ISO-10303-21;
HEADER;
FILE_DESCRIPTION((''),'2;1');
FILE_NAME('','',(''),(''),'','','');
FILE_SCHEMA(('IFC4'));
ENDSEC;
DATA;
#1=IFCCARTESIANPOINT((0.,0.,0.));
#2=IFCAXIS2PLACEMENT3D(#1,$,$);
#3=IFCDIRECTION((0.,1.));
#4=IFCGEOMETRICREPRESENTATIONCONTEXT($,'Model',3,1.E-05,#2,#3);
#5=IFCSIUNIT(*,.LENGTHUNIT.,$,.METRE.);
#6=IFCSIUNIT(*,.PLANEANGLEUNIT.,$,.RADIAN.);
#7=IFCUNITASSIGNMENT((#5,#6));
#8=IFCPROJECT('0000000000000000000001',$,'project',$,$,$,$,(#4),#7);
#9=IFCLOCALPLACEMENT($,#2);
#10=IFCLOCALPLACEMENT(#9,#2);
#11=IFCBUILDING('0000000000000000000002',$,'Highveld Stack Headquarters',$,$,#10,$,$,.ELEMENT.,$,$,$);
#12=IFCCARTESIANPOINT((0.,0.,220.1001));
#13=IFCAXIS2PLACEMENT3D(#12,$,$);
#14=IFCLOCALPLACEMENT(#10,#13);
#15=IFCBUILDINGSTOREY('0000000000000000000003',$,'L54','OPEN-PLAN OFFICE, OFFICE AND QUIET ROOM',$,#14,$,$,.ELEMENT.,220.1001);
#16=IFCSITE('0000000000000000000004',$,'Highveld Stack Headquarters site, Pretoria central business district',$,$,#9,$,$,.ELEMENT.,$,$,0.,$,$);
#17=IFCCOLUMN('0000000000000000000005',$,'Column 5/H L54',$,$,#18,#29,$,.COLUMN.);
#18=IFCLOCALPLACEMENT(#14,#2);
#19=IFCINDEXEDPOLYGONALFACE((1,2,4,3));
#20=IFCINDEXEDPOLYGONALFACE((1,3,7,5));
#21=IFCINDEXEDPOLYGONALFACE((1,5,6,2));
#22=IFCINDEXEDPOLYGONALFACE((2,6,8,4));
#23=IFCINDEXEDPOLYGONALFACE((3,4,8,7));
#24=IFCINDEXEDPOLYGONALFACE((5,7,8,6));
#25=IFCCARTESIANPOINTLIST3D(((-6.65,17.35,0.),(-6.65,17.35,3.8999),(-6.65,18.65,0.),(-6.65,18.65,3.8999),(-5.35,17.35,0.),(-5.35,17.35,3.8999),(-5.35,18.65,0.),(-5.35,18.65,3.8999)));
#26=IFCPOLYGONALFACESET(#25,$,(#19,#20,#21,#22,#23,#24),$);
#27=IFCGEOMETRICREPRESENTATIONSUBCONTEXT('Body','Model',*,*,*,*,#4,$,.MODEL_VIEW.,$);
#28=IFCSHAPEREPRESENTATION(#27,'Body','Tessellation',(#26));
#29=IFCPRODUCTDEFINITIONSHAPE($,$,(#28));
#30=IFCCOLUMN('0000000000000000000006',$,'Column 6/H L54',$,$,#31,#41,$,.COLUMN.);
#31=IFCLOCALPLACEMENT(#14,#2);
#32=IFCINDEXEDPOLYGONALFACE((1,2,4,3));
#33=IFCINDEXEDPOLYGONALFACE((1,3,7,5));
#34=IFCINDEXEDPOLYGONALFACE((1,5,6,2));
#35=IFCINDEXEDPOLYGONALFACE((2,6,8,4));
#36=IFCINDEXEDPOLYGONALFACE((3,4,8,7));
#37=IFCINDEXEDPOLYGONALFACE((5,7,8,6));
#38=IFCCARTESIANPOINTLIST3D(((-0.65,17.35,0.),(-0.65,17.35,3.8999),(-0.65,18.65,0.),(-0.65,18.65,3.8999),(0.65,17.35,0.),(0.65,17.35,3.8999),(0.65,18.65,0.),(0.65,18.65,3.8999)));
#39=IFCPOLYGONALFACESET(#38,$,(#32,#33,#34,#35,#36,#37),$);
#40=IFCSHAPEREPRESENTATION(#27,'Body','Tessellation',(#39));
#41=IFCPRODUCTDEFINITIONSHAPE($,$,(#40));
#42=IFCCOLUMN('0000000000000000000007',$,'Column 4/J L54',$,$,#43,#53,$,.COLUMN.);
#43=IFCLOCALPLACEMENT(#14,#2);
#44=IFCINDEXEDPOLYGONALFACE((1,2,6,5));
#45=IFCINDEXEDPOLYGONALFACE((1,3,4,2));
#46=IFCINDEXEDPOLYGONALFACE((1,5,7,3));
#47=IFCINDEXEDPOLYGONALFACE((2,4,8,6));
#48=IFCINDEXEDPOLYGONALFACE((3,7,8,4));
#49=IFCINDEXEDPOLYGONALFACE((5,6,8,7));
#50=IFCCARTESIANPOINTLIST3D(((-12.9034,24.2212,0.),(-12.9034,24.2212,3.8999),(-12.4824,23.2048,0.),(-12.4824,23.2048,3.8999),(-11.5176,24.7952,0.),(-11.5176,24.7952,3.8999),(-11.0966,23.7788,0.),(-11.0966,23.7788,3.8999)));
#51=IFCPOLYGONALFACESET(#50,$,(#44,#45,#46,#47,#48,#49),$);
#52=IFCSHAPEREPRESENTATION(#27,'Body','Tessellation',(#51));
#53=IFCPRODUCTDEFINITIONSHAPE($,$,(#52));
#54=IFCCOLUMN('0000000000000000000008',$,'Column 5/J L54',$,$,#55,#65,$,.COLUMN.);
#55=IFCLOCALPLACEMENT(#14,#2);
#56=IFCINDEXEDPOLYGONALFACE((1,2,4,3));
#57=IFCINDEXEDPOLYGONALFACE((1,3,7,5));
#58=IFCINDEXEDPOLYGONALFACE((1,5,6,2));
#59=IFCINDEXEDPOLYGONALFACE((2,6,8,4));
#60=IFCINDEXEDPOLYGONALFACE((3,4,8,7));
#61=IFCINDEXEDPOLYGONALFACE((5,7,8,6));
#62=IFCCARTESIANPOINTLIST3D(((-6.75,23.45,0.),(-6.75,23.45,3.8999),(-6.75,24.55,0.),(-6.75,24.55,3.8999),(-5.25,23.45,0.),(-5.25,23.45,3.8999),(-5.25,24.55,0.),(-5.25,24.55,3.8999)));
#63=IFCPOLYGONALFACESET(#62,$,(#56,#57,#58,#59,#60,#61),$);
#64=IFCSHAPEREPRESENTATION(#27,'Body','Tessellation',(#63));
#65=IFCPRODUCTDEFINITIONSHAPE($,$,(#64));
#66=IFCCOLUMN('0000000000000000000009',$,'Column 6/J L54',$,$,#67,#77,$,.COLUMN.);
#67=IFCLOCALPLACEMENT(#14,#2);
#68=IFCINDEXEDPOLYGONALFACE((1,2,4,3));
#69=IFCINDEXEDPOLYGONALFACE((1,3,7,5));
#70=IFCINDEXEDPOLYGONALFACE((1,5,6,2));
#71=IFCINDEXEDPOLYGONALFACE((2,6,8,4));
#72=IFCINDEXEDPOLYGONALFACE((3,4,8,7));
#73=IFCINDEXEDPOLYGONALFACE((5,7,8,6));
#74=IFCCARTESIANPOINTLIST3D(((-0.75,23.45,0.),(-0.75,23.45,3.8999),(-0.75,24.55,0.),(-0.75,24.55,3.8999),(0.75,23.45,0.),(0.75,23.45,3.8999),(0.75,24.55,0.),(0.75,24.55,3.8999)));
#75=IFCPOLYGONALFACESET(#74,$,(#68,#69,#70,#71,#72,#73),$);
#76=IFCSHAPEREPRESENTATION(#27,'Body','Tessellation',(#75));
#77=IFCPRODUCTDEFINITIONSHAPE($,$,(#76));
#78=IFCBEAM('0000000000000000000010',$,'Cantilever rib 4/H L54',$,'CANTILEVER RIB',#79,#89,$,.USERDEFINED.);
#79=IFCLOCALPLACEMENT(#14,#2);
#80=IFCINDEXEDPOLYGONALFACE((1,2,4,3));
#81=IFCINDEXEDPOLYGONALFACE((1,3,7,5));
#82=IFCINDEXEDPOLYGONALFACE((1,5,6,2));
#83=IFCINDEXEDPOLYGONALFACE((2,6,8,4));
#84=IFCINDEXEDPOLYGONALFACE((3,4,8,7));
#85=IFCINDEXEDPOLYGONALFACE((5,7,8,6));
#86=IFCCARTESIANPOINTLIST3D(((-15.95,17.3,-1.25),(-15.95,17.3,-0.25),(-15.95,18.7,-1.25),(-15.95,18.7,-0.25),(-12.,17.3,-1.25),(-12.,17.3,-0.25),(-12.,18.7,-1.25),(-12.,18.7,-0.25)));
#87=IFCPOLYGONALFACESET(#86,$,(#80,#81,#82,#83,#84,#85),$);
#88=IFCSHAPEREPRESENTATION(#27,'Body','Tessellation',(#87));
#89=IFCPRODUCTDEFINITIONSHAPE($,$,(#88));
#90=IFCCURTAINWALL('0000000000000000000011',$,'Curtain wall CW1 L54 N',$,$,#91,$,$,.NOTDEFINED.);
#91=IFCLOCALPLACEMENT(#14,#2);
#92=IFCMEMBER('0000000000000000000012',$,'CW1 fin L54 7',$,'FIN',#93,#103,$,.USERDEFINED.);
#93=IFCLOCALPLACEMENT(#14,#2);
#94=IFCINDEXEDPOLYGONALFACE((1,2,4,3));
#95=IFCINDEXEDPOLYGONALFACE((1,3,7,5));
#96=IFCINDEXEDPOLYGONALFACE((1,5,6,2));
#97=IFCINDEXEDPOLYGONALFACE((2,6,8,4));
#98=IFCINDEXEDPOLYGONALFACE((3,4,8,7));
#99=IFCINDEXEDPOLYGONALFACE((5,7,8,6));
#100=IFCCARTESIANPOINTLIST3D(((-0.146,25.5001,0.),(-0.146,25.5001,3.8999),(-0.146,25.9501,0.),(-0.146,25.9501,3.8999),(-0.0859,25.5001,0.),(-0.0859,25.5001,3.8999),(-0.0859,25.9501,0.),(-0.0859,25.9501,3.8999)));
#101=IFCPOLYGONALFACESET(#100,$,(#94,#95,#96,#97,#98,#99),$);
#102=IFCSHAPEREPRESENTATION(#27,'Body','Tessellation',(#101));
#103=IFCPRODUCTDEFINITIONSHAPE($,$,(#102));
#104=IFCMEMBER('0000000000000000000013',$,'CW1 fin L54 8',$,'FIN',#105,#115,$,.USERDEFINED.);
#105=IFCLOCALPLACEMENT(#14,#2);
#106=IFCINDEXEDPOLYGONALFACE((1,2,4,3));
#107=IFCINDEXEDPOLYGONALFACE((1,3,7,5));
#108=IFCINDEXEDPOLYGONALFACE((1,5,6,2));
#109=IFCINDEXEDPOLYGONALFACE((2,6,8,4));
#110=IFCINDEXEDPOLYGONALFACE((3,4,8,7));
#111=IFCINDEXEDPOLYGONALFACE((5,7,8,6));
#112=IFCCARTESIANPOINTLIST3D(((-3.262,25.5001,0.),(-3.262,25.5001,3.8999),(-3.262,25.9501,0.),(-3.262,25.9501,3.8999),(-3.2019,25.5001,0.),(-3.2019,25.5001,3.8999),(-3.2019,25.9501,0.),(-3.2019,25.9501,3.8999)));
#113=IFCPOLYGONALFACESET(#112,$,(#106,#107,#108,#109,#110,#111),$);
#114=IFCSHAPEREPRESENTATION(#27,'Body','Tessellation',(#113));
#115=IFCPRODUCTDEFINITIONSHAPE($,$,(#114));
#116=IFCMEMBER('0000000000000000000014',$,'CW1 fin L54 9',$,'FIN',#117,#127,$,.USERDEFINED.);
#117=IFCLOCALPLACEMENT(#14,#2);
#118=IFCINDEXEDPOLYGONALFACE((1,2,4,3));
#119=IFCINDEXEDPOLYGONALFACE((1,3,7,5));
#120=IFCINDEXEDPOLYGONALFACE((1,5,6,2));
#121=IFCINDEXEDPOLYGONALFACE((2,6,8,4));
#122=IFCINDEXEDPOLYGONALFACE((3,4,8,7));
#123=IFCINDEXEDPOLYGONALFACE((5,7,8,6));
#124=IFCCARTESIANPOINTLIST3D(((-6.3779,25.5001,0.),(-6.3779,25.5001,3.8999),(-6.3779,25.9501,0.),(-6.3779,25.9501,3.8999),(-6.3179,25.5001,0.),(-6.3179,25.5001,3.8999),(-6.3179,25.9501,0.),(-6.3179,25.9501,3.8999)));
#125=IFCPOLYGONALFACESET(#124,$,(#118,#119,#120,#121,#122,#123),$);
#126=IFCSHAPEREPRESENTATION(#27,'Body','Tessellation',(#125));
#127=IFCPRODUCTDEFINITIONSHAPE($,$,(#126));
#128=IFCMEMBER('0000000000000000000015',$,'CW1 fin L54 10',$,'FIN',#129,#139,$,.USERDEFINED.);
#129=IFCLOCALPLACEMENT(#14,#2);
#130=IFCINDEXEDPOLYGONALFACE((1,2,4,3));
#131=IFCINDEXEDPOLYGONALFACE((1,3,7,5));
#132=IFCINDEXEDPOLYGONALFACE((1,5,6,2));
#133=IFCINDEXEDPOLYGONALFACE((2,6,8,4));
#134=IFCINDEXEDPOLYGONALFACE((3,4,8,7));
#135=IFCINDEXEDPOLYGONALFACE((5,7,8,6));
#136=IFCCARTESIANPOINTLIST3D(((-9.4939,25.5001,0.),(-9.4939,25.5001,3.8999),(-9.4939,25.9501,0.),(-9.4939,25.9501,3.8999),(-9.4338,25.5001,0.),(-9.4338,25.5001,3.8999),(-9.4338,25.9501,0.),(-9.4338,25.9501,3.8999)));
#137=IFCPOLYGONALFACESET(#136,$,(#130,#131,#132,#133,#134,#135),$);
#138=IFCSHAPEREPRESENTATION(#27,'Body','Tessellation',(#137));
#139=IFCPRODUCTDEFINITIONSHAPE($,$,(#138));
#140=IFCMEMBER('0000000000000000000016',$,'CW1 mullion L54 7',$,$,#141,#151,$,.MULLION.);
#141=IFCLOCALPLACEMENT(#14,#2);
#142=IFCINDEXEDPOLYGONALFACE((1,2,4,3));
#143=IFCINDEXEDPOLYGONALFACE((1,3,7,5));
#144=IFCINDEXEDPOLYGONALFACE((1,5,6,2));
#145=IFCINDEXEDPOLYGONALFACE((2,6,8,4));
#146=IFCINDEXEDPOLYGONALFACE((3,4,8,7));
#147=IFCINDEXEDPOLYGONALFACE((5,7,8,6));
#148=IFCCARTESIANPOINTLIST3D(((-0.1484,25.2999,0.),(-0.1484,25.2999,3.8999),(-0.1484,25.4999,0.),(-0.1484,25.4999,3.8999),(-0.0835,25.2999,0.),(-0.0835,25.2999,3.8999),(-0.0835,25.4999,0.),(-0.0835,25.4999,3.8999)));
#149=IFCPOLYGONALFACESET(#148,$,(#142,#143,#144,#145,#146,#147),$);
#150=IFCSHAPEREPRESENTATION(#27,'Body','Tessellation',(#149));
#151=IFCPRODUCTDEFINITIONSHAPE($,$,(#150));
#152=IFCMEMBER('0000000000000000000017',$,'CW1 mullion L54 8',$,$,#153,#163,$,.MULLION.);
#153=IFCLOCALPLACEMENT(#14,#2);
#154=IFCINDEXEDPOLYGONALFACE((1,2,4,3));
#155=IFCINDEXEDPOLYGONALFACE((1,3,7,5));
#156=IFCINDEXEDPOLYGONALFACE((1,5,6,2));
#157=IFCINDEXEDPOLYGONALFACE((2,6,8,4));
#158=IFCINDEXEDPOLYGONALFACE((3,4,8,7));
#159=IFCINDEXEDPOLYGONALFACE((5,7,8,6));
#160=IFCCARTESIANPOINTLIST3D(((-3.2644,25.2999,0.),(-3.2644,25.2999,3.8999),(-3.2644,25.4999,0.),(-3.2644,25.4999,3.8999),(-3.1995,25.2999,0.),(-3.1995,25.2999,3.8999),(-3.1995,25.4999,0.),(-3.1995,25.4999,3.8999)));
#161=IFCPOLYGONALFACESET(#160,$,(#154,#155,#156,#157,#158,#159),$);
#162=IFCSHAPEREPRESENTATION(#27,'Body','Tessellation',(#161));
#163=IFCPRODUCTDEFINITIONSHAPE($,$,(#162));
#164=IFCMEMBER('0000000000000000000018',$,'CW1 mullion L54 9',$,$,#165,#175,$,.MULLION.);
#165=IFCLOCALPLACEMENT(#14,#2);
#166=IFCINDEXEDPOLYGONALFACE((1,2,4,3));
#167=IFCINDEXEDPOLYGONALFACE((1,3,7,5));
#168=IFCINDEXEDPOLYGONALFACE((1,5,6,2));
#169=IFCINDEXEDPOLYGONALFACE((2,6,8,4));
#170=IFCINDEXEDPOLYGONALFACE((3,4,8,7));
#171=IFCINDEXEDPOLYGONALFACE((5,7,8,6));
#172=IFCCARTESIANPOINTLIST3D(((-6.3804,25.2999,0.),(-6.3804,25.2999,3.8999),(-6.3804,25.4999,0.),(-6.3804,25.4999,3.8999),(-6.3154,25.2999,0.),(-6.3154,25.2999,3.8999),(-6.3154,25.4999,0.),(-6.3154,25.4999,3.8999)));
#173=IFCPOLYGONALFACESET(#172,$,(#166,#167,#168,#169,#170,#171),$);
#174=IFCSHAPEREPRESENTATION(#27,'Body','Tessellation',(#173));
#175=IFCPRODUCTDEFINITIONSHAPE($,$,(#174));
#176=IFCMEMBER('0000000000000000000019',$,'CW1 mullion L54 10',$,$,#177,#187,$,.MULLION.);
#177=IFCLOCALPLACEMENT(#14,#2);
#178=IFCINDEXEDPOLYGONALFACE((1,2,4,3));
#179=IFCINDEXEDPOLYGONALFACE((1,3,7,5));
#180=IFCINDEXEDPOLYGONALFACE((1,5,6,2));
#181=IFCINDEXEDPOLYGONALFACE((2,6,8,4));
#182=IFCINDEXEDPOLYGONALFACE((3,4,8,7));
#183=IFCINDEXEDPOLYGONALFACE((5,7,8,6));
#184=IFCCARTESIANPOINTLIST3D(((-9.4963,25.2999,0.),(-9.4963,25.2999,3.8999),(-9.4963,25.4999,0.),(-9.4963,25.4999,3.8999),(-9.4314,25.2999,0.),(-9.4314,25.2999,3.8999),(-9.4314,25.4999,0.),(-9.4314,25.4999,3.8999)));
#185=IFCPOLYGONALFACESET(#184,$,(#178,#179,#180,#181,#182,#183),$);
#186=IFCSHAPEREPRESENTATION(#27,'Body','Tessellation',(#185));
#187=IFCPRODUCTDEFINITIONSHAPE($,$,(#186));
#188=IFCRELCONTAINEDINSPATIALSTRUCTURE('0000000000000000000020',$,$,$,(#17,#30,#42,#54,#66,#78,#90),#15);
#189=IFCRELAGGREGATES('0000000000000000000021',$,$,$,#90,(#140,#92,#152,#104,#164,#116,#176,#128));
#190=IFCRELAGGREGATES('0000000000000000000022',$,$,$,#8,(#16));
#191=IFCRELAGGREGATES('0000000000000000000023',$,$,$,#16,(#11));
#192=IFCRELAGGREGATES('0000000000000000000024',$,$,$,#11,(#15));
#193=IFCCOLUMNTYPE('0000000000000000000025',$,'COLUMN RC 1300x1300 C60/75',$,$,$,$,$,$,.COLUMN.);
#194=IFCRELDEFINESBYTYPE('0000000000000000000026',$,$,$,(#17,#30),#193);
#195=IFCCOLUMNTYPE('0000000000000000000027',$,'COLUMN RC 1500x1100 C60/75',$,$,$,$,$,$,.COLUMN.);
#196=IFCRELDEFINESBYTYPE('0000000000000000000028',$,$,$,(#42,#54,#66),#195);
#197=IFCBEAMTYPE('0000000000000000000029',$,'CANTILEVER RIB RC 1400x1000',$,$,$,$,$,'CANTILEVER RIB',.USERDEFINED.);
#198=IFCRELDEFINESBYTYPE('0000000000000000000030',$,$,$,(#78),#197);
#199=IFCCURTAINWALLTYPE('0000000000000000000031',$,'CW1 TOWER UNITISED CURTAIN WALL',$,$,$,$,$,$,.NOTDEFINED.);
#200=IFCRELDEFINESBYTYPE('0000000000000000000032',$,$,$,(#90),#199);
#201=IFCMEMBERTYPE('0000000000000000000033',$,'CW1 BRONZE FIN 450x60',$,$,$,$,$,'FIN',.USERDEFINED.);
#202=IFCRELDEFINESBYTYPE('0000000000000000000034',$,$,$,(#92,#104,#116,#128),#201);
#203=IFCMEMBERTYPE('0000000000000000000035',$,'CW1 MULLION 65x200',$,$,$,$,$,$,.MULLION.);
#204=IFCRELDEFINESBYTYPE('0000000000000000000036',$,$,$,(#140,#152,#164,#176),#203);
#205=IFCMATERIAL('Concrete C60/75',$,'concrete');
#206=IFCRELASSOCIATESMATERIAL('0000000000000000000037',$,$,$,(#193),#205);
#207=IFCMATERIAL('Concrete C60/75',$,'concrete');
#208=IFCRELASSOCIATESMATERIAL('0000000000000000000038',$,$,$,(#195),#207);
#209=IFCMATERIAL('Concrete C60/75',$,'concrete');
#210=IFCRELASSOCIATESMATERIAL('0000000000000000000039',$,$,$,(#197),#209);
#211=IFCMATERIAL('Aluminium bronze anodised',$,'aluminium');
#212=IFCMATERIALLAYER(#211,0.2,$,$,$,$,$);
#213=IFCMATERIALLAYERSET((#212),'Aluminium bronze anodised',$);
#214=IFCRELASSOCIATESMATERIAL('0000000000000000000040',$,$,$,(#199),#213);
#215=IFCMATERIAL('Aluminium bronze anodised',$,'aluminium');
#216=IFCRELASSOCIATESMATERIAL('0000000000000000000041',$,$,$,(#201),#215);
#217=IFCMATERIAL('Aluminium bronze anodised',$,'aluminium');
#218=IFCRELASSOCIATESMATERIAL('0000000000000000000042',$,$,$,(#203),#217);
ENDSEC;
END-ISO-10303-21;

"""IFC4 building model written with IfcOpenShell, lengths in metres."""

from ifc_helpers import new_model, si_unit, direction, frame, origin, origin_2d, place, context, subcontext, project, spatial, rectangle, extrude, material, layer, layer_set, material_profile, profile_set, type_object, element, aggregate, save


model = new_model("IFC4")

# Units and contexts
model_context = context("Model", 3, precision=1e-05, world=origin(), true_north=direction((0.0, 1.0)))
body_context = subcontext(model_context, "Body", "Model", "MODEL_VIEW")
ifc_project = project(units=[si_unit("LENGTHUNIT", "METRE"), si_unit("PLANEANGLEUNIT", "RADIAN")], contexts=[model_context])

# Site, building, storey
site_placement = place(None, origin())
site = spatial("IfcSite", under=ifc_project, at=site_placement, Name="Highveld Stack Headquarters site, Pretoria central business district", CompositionType="ELEMENT", RefElevation=0.0)
building_placement = place(site_placement, origin())
building = spatial("IfcBuilding", under=site, at=building_placement, Name="Highveld Stack Headquarters", CompositionType="ELEMENT")
storey_placement = place(building_placement, frame((0.0, 0.0, 220.1001)))
storey = spatial("IfcBuildingStorey", under=building, at=storey_placement, Name="L54", Description="OPEN-PLAN OFFICE, OFFICE AND QUIET ROOM", CompositionType="ELEMENT", Elevation=220.1001)

# Columns
ifc_material_1 = material(Name="Concrete C60/75", Category="concrete")
ifc_material_profile_1 = material_profile(ifc_material_1, rectangle(XDim=1.3, YDim=1.3, at=origin_2d()), Name="RC 1300x1300")
ifc_profile_set_1 = profile_set([ifc_material_profile_1], Name="Concrete C60/75")
column_type_1 = type_object("IfcColumnType", Name="COLUMN RC 1300x1300 C60/75", PredefinedType="COLUMN", material=ifc_profile_set_1)
for number, where, z_axis, x_axis, name in (
    (1, (-6.0, 18.0, 0.0), (0.0, 0.0, 1.0), (1.0, 0.0, 0.0), "Column 5/H L54"),
    (2, (0.0, 18.0, 0.0), (0.0, 0.0, 1.0), (1.0, 0.0, 0.0), "Column 6/H L54"),
):
    element("IfcColumn", number, at=place(storey_placement, frame(where, z_axis=z_axis, x_axis=x_axis)), inside=storey, type_object=column_type_1, Name=name, PredefinedType="COLUMN", context=body_context, shape_type="SweptSolid", body=[
        extrude(rectangle(XDim=1.3, YDim=1.3, at=origin_2d()), origin(), (0.0, 0.0, 1.0), 3.8999),
    ])
ifc_material_2 = material(Name="Concrete C60/75", Category="concrete")
ifc_material_profile_2 = material_profile(ifc_material_2, rectangle(XDim=1.5, YDim=1.1001, at=origin_2d()), Name="RC 1500x1100")
ifc_profile_set_2 = profile_set([ifc_material_profile_2], Name="Concrete C60/75")
column_type_2 = type_object("IfcColumnType", Name="COLUMN RC 1500x1100 C60/75", PredefinedType="COLUMN", material=ifc_profile_set_2)
for number, where, z_axis, x_axis, name in (
    (3, (-12.0, 24.0, 0.0), (0.0, 0.0, 1.0), (0.92388, 0.382683, 0.0), "Column 4/J L54"),
    (4, (-6.0, 24.0, 0.0), (0.0, 0.0, 1.0), (1.0, 0.0, 0.0), "Column 5/J L54"),
    (5, (0.0, 24.0, 0.0), (0.0, 0.0, 1.0), (1.0, 0.0, 0.0), "Column 6/J L54"),
):
    element("IfcColumn", number, at=place(storey_placement, frame(where, z_axis=z_axis, x_axis=x_axis)), inside=storey, type_object=column_type_2, Name=name, PredefinedType="COLUMN", context=body_context, shape_type="SweptSolid", body=[
        extrude(rectangle(XDim=1.5, YDim=1.1001, at=origin_2d()), origin(), (0.0, 0.0, 1.0), 3.8999),
    ])

# Beam
ifc_material_3 = material(Name="Concrete C60/75", Category="concrete")
ifc_material_profile_3 = material_profile(ifc_material_3, rectangle(XDim=1.3999, YDim=1.0, at=origin_2d()), Name="RC 1400x1000")
ifc_profile_set_3 = profile_set([ifc_material_profile_3], Name="Concrete C60/75")
beam_type = type_object("IfcBeamType", Name="CANTILEVER RIB RC 1400x1000", ElementType="CANTILEVER RIB", PredefinedType="USERDEFINED", material=ifc_profile_set_3)
beam_placement = place(storey_placement, frame((-12.0, 18.0, -0.75), z_axis=(-1.0, 0.0, 0.0), x_axis=(0.0, -1.0, 0.0)))
element("IfcBeam", 6, at=beam_placement, inside=storey, type_object=beam_type, Name="Cantilever rib 4/H L54", ObjectType="CANTILEVER RIB", PredefinedType="USERDEFINED", context=body_context, shape_type="SweptSolid", body=[
    extrude(rectangle(XDim=1.3999, YDim=1.0, at=origin_2d()), origin(), (0.0, 0.0, 1.0), 3.95),
])

# Curtain wall, members
ifc_material_4 = material(Name="Aluminium bronze anodised", Category="aluminium")
ifc_layer_1 = layer(ifc_material_4, 0.2)
ifc_layer_set_1 = layer_set([ifc_layer_1], Name="Aluminium bronze anodised")
curtain_wall_type = type_object("IfcCurtainWallType", Name="CW1 TOWER UNITISED CURTAIN WALL", PredefinedType="NOTDEFINED", material=ifc_layer_set_1)
curtain_wall_placement = place(storey_placement, origin())
curtain_wall = element("IfcCurtainWall", 7, at=curtain_wall_placement, inside=storey, type_object=curtain_wall_type, Name="Curtain wall CW1 L54 N", PredefinedType="NOTDEFINED")
ifc_material_5 = material(Name="Aluminium bronze anodised", Category="aluminium")
ifc_material_profile_4 = material_profile(ifc_material_5, rectangle(XDim=0.45, YDim=0.0601, at=origin_2d()), Name="FIN 450x60")
ifc_profile_set_4 = profile_set([ifc_material_profile_4], Name="Aluminium bronze anodised")
member_type_1 = type_object("IfcMemberType", Name="CW1 BRONZE FIN 450x60", ElementType="FIN", PredefinedType="USERDEFINED", material=ifc_profile_set_4)
member_1_placement = place(storey_placement, frame((-0.116, 25.7251, 0.0), z_axis=(0.0, 0.0, 1.0), x_axis=(0.0, -1.0, 0.0)))
member_1 = element("IfcMember", 8, at=member_1_placement, type_object=member_type_1, Name="CW1 fin L54 7", ObjectType="FIN", PredefinedType="USERDEFINED", context=body_context, shape_type="SweptSolid", body=[
    extrude(rectangle(XDim=0.45, YDim=0.0601, at=origin_2d()), origin(), (0.0, 0.0, 1.0), 3.8999),
])
member_2_placement = place(storey_placement, frame((-3.2319, 25.7251, 0.0), z_axis=(0.0, 0.0, 1.0), x_axis=(0.0, -1.0, 0.0)))
member_2 = element("IfcMember", 9, at=member_2_placement, type_object=member_type_1, Name="CW1 fin L54 8", ObjectType="FIN", PredefinedType="USERDEFINED", context=body_context, shape_type="SweptSolid", body=[
    extrude(rectangle(XDim=0.45, YDim=0.0601, at=origin_2d()), origin(), (0.0, 0.0, 1.0), 3.8999),
])
member_3_placement = place(storey_placement, frame((-6.3479, 25.7251, 0.0), z_axis=(0.0, 0.0, 1.0), x_axis=(0.0, -1.0, 0.0)))
member_3 = element("IfcMember", 10, at=member_3_placement, type_object=member_type_1, Name="CW1 fin L54 9", ObjectType="FIN", PredefinedType="USERDEFINED", context=body_context, shape_type="SweptSolid", body=[
    extrude(rectangle(XDim=0.45, YDim=0.0601, at=origin_2d()), origin(), (0.0, 0.0, 1.0), 3.8999),
])
member_4_placement = place(storey_placement, frame((-9.4639, 25.7251, 0.0), z_axis=(0.0, 0.0, 1.0), x_axis=(0.0, -1.0, 0.0)))
member_4 = element("IfcMember", 11, at=member_4_placement, type_object=member_type_1, Name="CW1 fin L54 10", ObjectType="FIN", PredefinedType="USERDEFINED", context=body_context, shape_type="SweptSolid", body=[
    extrude(rectangle(XDim=0.45, YDim=0.0601, at=origin_2d()), origin(), (0.0, 0.0, 1.0), 3.8999),
])
ifc_material_6 = material(Name="Aluminium bronze anodised", Category="aluminium")
ifc_material_profile_5 = material_profile(ifc_material_6, rectangle(XDim=0.2, YDim=0.0649, at=origin_2d()), Name="CW1 MULLION 65x200")
ifc_profile_set_5 = profile_set([ifc_material_profile_5], Name="Aluminium bronze anodised")
member_type_2 = type_object("IfcMemberType", Name="CW1 MULLION 65x200", PredefinedType="MULLION", material=ifc_profile_set_5)
member_5_placement = place(storey_placement, frame((-0.116, 25.3999, 0.0), z_axis=(0.0, 0.0, 1.0), x_axis=(0.0, -1.0, 0.0)))
member_5 = element("IfcMember", 12, at=member_5_placement, type_object=member_type_2, Name="CW1 mullion L54 7", PredefinedType="MULLION", context=body_context, shape_type="SweptSolid", body=[
    extrude(rectangle(XDim=0.2, YDim=0.0649, at=origin_2d()), origin(), (0.0, 0.0, 1.0), 3.8999),
])
member_6_placement = place(storey_placement, frame((-3.2319, 25.3999, 0.0), z_axis=(0.0, 0.0, 1.0), x_axis=(0.0, -1.0, 0.0)))
member_6 = element("IfcMember", 13, at=member_6_placement, type_object=member_type_2, Name="CW1 mullion L54 8", PredefinedType="MULLION", context=body_context, shape_type="SweptSolid", body=[
    extrude(rectangle(XDim=0.2, YDim=0.0649, at=origin_2d()), origin(), (0.0, 0.0, 1.0), 3.8999),
])
member_7_placement = place(storey_placement, frame((-6.3479, 25.3999, 0.0), z_axis=(0.0, 0.0, 1.0), x_axis=(0.0, -1.0, 0.0)))
member_7 = element("IfcMember", 14, at=member_7_placement, type_object=member_type_2, Name="CW1 mullion L54 9", PredefinedType="MULLION", context=body_context, shape_type="SweptSolid", body=[
    extrude(rectangle(XDim=0.2, YDim=0.0649, at=origin_2d()), origin(), (0.0, 0.0, 1.0), 3.8999),
])
member_8_placement = place(storey_placement, frame((-9.4639, 25.3999, 0.0), z_axis=(0.0, 0.0, 1.0), x_axis=(0.0, -1.0, 0.0)))
member_8 = element("IfcMember", 15, at=member_8_placement, type_object=member_type_2, Name="CW1 mullion L54 10", PredefinedType="MULLION", context=body_context, shape_type="SweptSolid", body=[
    extrude(rectangle(XDim=0.2, YDim=0.0649, at=origin_2d()), origin(), (0.0, 0.0, 1.0), 3.8999),
])
aggregate(curtain_wall, [member_5, member_1, member_6, member_2, member_7, member_3, member_8, member_4])

save(model, "model.ifc")
